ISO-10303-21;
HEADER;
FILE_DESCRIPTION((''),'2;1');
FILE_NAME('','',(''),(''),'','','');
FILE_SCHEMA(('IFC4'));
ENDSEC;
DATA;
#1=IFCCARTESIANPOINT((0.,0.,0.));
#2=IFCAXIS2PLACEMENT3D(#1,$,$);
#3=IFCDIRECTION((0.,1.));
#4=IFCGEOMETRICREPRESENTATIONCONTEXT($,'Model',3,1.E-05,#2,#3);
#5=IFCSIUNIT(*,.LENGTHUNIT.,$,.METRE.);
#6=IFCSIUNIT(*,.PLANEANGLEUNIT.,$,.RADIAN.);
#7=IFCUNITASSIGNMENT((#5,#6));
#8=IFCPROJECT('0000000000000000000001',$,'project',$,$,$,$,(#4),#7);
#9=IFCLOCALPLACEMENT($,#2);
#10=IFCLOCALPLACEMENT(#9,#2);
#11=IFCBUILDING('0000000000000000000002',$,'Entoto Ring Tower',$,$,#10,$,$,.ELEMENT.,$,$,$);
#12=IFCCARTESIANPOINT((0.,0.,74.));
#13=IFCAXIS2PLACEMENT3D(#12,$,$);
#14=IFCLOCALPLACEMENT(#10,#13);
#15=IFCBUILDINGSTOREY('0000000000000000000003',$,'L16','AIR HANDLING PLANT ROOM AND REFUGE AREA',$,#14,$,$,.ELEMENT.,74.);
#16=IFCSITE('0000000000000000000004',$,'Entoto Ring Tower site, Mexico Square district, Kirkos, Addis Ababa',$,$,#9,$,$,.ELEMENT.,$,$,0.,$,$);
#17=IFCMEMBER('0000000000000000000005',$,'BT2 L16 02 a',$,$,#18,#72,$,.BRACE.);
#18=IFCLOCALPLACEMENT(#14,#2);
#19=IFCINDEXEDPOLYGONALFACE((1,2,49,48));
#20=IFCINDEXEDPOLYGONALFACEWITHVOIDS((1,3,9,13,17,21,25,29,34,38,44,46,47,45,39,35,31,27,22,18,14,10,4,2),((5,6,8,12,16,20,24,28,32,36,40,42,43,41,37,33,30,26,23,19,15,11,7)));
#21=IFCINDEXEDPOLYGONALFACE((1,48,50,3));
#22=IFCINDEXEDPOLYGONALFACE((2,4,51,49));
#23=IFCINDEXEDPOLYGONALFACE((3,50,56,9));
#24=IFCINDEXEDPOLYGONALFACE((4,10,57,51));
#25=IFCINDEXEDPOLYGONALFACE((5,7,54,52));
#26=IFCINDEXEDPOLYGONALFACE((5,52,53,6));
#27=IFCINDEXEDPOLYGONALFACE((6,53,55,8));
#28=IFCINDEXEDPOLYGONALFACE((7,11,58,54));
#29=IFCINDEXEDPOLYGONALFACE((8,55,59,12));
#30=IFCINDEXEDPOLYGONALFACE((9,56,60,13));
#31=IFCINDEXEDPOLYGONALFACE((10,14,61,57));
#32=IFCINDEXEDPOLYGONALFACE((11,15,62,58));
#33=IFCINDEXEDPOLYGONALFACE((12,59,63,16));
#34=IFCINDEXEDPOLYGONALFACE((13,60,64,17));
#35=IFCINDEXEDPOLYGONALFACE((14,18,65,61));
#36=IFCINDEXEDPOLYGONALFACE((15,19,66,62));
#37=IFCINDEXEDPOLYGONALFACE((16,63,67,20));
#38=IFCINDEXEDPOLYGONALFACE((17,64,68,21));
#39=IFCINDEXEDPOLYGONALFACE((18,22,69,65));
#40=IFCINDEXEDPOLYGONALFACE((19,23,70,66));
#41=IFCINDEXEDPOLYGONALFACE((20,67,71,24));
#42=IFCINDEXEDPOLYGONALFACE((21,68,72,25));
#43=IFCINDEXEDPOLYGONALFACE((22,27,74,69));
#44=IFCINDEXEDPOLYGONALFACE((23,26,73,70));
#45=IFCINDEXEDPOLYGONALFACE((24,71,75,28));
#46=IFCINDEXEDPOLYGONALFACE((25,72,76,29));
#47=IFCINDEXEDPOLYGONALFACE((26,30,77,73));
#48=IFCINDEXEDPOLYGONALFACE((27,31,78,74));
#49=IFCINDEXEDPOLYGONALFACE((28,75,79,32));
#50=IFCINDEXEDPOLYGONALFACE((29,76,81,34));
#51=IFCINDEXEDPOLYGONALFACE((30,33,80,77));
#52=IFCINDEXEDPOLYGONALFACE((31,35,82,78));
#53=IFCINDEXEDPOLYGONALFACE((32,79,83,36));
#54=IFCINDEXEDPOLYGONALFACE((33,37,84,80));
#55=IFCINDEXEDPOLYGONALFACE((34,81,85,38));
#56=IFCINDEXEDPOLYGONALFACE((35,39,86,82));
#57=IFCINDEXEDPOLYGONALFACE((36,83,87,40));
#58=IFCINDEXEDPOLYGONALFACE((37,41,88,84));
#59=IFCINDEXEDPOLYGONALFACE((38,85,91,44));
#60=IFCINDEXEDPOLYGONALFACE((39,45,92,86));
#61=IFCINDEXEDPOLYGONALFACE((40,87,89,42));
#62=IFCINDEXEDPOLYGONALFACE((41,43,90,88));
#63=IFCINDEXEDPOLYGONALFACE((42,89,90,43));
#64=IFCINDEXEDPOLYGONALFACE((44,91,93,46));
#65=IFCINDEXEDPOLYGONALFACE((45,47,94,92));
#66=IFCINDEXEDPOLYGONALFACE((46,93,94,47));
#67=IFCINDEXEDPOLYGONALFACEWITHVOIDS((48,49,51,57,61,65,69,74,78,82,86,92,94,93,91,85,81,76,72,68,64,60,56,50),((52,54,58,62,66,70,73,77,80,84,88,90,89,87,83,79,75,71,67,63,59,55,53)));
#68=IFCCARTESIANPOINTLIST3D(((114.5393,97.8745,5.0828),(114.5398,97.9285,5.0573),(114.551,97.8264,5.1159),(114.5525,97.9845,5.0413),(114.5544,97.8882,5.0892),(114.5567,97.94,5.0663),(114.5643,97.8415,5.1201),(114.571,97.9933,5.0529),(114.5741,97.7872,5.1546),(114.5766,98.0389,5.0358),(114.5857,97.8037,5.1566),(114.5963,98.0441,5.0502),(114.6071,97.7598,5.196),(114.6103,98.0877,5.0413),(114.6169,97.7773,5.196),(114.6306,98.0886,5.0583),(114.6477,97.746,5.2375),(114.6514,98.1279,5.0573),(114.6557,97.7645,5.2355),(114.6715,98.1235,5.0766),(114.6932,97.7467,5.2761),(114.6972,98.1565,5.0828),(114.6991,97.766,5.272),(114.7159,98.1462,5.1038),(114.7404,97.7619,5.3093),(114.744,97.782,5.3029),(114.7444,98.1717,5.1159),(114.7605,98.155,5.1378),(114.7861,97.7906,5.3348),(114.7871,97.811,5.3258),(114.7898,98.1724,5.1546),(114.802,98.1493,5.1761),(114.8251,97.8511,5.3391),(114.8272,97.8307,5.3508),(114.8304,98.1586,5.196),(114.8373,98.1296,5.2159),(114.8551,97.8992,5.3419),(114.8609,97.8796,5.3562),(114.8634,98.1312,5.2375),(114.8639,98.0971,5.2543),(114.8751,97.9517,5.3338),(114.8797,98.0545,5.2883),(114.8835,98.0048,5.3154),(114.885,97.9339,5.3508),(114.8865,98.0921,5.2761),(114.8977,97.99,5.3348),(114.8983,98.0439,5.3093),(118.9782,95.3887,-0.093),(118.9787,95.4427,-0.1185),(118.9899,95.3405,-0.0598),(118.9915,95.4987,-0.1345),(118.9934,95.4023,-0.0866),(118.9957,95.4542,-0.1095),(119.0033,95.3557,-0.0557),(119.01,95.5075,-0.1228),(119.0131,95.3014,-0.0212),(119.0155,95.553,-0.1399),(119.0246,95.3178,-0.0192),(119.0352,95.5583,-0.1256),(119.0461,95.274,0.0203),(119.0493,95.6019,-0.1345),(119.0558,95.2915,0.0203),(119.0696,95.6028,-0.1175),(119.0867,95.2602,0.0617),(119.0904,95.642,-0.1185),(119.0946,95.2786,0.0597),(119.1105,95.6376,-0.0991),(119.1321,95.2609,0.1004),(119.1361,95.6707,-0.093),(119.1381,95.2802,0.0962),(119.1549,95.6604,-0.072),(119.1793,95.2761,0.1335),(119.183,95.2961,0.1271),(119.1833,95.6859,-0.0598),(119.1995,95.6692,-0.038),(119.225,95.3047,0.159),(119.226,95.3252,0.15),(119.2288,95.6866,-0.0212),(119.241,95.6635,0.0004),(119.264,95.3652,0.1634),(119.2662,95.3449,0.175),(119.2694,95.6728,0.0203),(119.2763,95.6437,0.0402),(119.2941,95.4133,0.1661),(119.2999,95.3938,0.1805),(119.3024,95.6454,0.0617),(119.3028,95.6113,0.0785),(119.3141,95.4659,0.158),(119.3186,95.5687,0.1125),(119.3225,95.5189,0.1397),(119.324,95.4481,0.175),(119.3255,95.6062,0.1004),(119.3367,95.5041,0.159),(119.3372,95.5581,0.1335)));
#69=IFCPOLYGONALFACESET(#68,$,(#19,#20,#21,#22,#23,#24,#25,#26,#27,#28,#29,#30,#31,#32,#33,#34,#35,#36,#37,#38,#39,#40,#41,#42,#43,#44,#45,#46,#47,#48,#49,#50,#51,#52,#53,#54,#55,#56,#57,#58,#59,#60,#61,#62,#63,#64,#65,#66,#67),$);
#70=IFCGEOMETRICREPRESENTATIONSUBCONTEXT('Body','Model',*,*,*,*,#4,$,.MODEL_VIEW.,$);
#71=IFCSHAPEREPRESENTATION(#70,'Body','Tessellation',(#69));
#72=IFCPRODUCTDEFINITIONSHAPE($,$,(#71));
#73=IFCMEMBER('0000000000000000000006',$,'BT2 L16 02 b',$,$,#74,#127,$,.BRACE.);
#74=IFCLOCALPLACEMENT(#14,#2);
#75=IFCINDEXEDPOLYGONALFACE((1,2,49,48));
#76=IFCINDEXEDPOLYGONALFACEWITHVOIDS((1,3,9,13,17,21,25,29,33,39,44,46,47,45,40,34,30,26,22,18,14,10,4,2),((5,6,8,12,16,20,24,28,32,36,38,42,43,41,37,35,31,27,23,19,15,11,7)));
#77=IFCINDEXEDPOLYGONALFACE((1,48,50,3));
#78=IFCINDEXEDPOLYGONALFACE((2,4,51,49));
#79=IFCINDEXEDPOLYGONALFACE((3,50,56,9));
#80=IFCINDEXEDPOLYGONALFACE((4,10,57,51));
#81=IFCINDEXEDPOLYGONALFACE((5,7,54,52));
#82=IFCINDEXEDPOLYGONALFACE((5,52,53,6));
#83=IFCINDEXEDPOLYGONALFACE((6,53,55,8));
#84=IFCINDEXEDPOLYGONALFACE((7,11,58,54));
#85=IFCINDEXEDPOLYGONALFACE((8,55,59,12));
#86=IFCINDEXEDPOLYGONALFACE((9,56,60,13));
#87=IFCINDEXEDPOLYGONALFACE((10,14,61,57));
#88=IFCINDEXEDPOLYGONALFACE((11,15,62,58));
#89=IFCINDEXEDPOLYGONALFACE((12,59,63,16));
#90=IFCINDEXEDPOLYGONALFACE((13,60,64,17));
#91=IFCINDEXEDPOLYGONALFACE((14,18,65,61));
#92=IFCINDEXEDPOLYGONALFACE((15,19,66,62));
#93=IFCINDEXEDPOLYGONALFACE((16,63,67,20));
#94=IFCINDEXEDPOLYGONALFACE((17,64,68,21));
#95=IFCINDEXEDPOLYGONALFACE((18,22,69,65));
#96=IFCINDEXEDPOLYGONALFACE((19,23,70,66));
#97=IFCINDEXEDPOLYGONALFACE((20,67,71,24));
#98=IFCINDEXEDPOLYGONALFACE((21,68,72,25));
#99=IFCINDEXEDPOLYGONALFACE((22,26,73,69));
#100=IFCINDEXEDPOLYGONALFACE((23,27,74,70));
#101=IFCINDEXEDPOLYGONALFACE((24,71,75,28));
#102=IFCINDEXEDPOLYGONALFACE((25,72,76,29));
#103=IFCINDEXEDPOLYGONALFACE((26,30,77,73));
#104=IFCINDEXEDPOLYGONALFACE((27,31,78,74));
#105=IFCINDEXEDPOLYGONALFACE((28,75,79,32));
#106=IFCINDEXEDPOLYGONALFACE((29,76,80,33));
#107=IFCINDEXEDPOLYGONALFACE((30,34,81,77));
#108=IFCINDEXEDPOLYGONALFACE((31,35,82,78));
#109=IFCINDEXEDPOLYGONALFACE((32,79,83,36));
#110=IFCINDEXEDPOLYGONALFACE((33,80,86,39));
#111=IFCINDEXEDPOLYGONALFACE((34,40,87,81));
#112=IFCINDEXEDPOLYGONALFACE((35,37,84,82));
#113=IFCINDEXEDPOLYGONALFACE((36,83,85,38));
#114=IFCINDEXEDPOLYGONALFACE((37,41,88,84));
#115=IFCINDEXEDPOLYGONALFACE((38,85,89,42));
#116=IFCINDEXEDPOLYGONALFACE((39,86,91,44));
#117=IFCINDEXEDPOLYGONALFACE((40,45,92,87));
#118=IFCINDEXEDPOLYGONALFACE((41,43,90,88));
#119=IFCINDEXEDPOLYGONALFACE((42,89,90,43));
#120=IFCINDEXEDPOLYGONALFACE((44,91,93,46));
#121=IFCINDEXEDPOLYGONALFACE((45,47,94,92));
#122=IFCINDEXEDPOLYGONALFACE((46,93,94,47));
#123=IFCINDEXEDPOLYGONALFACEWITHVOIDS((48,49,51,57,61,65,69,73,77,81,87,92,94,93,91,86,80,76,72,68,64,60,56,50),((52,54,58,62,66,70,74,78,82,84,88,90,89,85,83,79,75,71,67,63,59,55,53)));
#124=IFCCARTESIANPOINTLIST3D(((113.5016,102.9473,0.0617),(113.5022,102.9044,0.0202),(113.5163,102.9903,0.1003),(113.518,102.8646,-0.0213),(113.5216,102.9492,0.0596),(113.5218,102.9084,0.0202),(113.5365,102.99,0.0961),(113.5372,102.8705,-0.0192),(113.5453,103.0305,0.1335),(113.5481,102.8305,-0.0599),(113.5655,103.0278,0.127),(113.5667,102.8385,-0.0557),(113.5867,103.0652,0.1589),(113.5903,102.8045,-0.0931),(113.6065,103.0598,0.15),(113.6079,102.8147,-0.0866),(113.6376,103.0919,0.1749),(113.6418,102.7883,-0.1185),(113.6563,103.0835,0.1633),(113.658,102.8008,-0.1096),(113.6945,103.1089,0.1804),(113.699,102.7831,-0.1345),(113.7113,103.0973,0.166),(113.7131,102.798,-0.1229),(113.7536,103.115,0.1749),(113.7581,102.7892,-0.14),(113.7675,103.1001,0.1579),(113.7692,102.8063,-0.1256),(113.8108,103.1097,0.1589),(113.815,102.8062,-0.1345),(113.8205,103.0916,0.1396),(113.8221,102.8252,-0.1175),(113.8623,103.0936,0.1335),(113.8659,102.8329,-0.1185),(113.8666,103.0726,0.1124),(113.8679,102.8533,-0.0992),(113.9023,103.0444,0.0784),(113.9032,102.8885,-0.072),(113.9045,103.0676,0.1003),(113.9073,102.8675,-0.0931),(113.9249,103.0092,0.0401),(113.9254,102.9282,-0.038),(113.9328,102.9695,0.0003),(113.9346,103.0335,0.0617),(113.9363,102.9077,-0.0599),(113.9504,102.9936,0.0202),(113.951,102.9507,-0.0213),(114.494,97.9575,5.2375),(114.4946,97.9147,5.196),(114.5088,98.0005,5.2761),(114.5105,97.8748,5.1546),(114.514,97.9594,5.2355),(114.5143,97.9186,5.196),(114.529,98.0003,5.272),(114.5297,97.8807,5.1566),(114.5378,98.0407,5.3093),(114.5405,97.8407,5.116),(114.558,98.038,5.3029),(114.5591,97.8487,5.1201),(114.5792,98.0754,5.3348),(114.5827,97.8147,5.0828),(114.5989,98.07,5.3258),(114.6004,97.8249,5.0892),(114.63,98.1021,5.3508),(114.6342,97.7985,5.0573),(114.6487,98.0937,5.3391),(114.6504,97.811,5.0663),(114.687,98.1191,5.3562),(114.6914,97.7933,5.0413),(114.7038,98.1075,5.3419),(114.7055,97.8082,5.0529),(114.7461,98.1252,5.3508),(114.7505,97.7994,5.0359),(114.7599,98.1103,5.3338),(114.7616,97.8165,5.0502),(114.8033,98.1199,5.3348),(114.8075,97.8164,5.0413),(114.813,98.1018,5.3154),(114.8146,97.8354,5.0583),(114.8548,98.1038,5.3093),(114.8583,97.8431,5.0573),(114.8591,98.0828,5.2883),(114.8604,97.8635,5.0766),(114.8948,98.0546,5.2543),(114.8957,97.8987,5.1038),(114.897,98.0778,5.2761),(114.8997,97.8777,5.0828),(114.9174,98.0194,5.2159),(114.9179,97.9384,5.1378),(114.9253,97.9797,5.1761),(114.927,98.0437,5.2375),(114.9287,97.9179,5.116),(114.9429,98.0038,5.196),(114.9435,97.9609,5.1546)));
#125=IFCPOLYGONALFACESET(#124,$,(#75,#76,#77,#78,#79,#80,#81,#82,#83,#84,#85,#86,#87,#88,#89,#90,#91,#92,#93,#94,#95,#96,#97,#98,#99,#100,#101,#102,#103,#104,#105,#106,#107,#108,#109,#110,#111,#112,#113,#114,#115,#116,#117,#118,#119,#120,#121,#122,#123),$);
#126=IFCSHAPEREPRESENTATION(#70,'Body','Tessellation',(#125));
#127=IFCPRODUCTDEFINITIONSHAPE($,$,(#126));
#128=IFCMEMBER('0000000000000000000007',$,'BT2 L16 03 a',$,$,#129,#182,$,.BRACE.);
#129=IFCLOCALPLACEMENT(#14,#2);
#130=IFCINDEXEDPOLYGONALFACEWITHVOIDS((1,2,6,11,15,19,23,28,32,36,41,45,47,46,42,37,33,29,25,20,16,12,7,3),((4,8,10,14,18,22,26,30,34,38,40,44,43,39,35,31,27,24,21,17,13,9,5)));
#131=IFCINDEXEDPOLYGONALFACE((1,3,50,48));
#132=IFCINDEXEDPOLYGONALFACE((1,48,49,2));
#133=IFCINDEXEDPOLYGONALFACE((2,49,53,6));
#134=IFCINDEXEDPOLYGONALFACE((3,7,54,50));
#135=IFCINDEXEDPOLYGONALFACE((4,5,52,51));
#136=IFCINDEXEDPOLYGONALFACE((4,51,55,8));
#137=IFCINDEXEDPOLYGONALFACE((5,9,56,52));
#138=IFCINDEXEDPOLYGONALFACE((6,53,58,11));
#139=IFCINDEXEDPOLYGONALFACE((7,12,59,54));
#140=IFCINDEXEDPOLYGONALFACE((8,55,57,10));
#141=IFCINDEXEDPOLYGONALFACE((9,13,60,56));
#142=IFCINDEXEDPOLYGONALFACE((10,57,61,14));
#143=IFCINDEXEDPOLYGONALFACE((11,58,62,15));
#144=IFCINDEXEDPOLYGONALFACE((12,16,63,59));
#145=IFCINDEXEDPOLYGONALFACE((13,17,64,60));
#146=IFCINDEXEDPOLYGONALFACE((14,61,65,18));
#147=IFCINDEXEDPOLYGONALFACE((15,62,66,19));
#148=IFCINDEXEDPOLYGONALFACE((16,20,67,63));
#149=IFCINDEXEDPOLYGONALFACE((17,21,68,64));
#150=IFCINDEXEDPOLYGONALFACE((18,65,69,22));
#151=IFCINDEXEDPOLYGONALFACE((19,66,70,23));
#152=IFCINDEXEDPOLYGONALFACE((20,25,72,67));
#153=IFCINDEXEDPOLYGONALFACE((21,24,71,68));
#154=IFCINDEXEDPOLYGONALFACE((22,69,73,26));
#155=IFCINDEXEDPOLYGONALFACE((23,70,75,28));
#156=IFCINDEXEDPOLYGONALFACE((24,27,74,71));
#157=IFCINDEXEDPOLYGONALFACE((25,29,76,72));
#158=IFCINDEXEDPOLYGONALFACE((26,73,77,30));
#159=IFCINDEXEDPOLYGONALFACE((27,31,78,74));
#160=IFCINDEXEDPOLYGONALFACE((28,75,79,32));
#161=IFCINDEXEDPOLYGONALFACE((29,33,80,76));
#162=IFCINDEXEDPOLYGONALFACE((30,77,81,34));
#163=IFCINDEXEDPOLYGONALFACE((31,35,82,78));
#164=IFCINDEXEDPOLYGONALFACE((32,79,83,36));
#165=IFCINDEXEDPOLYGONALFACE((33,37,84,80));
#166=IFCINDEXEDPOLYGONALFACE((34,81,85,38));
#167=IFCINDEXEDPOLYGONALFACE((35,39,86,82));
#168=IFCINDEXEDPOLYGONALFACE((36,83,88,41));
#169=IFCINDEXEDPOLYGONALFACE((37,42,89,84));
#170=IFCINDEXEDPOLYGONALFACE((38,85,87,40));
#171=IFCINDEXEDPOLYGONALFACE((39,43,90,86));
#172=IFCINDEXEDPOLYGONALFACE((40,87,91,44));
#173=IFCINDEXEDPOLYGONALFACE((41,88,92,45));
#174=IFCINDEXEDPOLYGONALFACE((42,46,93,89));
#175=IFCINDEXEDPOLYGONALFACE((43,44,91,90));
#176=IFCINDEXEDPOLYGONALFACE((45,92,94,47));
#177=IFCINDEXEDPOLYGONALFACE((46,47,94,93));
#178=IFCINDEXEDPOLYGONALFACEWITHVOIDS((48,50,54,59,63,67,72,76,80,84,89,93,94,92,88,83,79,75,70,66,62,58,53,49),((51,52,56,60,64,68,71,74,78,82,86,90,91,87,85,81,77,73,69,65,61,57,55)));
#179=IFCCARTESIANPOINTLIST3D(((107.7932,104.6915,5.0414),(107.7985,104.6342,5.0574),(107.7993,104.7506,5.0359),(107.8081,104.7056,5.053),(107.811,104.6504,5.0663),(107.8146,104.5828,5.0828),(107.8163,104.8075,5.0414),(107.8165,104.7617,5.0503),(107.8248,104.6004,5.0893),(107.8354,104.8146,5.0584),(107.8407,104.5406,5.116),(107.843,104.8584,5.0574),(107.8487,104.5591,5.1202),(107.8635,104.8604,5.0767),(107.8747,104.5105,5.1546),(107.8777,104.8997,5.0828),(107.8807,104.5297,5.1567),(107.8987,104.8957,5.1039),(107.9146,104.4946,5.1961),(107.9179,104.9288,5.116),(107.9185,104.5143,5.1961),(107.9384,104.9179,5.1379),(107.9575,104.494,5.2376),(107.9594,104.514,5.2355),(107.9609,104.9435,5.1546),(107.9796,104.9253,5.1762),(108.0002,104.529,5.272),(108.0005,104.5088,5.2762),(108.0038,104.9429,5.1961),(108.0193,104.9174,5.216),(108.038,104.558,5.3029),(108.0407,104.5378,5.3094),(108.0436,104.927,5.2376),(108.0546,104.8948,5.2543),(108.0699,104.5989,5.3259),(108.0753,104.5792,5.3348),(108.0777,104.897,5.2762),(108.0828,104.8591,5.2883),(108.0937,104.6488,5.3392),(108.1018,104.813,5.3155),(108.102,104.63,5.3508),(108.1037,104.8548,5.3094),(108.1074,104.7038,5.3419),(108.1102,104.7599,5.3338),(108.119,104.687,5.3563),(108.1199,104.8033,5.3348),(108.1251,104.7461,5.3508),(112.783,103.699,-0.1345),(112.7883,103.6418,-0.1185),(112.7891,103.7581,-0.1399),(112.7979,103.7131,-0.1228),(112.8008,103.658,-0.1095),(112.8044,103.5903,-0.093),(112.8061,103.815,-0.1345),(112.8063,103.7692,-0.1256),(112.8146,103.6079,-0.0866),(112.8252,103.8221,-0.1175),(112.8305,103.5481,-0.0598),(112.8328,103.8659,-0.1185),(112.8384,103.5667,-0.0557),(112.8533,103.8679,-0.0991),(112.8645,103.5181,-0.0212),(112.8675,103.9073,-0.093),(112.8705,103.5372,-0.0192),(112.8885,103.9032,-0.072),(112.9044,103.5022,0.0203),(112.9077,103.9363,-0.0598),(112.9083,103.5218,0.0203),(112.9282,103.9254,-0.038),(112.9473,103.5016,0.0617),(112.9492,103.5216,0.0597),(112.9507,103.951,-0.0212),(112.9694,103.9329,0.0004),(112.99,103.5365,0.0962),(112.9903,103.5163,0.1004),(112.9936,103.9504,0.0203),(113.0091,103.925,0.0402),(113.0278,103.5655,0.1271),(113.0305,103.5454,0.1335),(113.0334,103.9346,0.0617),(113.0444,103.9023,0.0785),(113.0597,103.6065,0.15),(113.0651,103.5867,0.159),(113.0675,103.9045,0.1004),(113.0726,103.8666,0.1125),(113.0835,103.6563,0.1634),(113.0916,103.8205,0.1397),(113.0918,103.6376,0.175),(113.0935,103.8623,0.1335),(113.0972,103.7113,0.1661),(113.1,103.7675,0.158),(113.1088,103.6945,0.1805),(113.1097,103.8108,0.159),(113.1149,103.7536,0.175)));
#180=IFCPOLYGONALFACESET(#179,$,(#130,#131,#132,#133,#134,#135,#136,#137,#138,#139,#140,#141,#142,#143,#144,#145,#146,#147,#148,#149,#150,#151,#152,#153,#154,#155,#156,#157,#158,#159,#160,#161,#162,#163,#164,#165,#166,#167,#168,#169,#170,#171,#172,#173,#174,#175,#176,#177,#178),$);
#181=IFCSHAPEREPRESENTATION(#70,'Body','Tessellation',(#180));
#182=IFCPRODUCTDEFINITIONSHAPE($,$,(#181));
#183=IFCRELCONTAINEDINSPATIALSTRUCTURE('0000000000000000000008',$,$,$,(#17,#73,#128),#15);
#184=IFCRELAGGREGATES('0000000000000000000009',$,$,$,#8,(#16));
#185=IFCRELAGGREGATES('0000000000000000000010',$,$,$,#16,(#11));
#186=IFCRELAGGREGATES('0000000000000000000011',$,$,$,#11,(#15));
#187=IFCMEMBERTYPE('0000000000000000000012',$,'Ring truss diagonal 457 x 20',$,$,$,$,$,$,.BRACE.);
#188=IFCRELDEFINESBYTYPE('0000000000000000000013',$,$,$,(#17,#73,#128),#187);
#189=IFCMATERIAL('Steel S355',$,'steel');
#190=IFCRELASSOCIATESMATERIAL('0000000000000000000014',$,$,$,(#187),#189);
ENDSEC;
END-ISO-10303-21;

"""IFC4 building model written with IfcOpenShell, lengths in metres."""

from ifc_helpers import new_model, si_unit, direction, frame, origin, origin_2d, place, context, subcontext, project, spatial, circle, hollow_circle, extrude, material, material_profile, profile_set, type_object, element, save


model = new_model("IFC4")

# Units and contexts
model_context = context("Model", 3, precision=1e-05, world=origin(), true_north=direction((0.0, 1.0)))
body_context = subcontext(model_context, "Body", "Model", "MODEL_VIEW")
ifc_project = project(units=[si_unit("LENGTHUNIT", "METRE"), si_unit("PLANEANGLEUNIT", "RADIAN")], contexts=[model_context])

# Site, building, storey
site_placement = place(None, origin())
site = spatial("IfcSite", under=ifc_project, at=site_placement, Name="Entoto Ring Tower site, Mexico Square district, Kirkos, Addis Ababa", CompositionType="ELEMENT", RefElevation=0.0)
building_placement = place(site_placement, origin())
building = spatial("IfcBuilding", under=site, at=building_placement, Name="Entoto Ring Tower", CompositionType="ELEMENT")
storey_placement = place(building_placement, frame((0.0, 0.0, 74.0)))
storey = spatial("IfcBuildingStorey", under=building, at=storey_placement, Name="L16", Description="AIR HANDLING PLANT ROOM AND REFUGE AREA", CompositionType="ELEMENT", Elevation=74.0)

# Members
ifc_material_1 = material(Name="Steel S355", Category="steel")
ifc_material_profile_1 = material_profile(ifc_material_1, hollow_circle(Radius=0.2285, WallThickness=0.02, at=origin_2d()), Name="CHS 457 x 20")
ifc_material_2 = material(Name="Concrete C60/75", Category="concrete")
ifc_material_profile_2 = material_profile(ifc_material_2, circle(Radius=0.2085, at=origin_2d()), Name="Concrete C60/75 infill")
ifc_profile_set_1 = profile_set([ifc_material_profile_1, ifc_material_profile_2], Name="Steel S355")
member_type_1 = type_object("IfcMemberType", Name="Ring truss diagonal 457 x 20", PredefinedType="BRACE", material=ifc_profile_set_1)
for number, where, z_axis, x_axis, name in (
    (1, (119.1577, 95.4734, 0.0203), (-0.611631, 0.342516, 0.713155), (-0.488606, -0.872504, 0.0), "BT2 L16 02 a"),
    (2, (114.7188, 97.9592, 5.196), (-0.136746, 0.68753, -0.713164), (-0.980789, -0.195073, 0.0), "BT2 L16 02 b"),
    (3, (112.949, 103.7263, 0.0203), (-0.68753, 0.136746, 0.713164), (-0.195073, -0.980789, 0.0), "BT2 L16 03 a"),
):
    element("IfcMember", number, at=place(storey_placement, frame(where, z_axis=z_axis, x_axis=x_axis)), inside=storey, type_object=member_type_1, Name=name, PredefinedType="BRACE", context=body_context, shape_type="SweptSolid", body=[
        extrude(hollow_circle(Radius=0.2285, WallThickness=0.02, at=origin_2d()), origin(), (0.0, 0.0, 1.0), 7.2576),
    ])

save(model, "model.ifc")
